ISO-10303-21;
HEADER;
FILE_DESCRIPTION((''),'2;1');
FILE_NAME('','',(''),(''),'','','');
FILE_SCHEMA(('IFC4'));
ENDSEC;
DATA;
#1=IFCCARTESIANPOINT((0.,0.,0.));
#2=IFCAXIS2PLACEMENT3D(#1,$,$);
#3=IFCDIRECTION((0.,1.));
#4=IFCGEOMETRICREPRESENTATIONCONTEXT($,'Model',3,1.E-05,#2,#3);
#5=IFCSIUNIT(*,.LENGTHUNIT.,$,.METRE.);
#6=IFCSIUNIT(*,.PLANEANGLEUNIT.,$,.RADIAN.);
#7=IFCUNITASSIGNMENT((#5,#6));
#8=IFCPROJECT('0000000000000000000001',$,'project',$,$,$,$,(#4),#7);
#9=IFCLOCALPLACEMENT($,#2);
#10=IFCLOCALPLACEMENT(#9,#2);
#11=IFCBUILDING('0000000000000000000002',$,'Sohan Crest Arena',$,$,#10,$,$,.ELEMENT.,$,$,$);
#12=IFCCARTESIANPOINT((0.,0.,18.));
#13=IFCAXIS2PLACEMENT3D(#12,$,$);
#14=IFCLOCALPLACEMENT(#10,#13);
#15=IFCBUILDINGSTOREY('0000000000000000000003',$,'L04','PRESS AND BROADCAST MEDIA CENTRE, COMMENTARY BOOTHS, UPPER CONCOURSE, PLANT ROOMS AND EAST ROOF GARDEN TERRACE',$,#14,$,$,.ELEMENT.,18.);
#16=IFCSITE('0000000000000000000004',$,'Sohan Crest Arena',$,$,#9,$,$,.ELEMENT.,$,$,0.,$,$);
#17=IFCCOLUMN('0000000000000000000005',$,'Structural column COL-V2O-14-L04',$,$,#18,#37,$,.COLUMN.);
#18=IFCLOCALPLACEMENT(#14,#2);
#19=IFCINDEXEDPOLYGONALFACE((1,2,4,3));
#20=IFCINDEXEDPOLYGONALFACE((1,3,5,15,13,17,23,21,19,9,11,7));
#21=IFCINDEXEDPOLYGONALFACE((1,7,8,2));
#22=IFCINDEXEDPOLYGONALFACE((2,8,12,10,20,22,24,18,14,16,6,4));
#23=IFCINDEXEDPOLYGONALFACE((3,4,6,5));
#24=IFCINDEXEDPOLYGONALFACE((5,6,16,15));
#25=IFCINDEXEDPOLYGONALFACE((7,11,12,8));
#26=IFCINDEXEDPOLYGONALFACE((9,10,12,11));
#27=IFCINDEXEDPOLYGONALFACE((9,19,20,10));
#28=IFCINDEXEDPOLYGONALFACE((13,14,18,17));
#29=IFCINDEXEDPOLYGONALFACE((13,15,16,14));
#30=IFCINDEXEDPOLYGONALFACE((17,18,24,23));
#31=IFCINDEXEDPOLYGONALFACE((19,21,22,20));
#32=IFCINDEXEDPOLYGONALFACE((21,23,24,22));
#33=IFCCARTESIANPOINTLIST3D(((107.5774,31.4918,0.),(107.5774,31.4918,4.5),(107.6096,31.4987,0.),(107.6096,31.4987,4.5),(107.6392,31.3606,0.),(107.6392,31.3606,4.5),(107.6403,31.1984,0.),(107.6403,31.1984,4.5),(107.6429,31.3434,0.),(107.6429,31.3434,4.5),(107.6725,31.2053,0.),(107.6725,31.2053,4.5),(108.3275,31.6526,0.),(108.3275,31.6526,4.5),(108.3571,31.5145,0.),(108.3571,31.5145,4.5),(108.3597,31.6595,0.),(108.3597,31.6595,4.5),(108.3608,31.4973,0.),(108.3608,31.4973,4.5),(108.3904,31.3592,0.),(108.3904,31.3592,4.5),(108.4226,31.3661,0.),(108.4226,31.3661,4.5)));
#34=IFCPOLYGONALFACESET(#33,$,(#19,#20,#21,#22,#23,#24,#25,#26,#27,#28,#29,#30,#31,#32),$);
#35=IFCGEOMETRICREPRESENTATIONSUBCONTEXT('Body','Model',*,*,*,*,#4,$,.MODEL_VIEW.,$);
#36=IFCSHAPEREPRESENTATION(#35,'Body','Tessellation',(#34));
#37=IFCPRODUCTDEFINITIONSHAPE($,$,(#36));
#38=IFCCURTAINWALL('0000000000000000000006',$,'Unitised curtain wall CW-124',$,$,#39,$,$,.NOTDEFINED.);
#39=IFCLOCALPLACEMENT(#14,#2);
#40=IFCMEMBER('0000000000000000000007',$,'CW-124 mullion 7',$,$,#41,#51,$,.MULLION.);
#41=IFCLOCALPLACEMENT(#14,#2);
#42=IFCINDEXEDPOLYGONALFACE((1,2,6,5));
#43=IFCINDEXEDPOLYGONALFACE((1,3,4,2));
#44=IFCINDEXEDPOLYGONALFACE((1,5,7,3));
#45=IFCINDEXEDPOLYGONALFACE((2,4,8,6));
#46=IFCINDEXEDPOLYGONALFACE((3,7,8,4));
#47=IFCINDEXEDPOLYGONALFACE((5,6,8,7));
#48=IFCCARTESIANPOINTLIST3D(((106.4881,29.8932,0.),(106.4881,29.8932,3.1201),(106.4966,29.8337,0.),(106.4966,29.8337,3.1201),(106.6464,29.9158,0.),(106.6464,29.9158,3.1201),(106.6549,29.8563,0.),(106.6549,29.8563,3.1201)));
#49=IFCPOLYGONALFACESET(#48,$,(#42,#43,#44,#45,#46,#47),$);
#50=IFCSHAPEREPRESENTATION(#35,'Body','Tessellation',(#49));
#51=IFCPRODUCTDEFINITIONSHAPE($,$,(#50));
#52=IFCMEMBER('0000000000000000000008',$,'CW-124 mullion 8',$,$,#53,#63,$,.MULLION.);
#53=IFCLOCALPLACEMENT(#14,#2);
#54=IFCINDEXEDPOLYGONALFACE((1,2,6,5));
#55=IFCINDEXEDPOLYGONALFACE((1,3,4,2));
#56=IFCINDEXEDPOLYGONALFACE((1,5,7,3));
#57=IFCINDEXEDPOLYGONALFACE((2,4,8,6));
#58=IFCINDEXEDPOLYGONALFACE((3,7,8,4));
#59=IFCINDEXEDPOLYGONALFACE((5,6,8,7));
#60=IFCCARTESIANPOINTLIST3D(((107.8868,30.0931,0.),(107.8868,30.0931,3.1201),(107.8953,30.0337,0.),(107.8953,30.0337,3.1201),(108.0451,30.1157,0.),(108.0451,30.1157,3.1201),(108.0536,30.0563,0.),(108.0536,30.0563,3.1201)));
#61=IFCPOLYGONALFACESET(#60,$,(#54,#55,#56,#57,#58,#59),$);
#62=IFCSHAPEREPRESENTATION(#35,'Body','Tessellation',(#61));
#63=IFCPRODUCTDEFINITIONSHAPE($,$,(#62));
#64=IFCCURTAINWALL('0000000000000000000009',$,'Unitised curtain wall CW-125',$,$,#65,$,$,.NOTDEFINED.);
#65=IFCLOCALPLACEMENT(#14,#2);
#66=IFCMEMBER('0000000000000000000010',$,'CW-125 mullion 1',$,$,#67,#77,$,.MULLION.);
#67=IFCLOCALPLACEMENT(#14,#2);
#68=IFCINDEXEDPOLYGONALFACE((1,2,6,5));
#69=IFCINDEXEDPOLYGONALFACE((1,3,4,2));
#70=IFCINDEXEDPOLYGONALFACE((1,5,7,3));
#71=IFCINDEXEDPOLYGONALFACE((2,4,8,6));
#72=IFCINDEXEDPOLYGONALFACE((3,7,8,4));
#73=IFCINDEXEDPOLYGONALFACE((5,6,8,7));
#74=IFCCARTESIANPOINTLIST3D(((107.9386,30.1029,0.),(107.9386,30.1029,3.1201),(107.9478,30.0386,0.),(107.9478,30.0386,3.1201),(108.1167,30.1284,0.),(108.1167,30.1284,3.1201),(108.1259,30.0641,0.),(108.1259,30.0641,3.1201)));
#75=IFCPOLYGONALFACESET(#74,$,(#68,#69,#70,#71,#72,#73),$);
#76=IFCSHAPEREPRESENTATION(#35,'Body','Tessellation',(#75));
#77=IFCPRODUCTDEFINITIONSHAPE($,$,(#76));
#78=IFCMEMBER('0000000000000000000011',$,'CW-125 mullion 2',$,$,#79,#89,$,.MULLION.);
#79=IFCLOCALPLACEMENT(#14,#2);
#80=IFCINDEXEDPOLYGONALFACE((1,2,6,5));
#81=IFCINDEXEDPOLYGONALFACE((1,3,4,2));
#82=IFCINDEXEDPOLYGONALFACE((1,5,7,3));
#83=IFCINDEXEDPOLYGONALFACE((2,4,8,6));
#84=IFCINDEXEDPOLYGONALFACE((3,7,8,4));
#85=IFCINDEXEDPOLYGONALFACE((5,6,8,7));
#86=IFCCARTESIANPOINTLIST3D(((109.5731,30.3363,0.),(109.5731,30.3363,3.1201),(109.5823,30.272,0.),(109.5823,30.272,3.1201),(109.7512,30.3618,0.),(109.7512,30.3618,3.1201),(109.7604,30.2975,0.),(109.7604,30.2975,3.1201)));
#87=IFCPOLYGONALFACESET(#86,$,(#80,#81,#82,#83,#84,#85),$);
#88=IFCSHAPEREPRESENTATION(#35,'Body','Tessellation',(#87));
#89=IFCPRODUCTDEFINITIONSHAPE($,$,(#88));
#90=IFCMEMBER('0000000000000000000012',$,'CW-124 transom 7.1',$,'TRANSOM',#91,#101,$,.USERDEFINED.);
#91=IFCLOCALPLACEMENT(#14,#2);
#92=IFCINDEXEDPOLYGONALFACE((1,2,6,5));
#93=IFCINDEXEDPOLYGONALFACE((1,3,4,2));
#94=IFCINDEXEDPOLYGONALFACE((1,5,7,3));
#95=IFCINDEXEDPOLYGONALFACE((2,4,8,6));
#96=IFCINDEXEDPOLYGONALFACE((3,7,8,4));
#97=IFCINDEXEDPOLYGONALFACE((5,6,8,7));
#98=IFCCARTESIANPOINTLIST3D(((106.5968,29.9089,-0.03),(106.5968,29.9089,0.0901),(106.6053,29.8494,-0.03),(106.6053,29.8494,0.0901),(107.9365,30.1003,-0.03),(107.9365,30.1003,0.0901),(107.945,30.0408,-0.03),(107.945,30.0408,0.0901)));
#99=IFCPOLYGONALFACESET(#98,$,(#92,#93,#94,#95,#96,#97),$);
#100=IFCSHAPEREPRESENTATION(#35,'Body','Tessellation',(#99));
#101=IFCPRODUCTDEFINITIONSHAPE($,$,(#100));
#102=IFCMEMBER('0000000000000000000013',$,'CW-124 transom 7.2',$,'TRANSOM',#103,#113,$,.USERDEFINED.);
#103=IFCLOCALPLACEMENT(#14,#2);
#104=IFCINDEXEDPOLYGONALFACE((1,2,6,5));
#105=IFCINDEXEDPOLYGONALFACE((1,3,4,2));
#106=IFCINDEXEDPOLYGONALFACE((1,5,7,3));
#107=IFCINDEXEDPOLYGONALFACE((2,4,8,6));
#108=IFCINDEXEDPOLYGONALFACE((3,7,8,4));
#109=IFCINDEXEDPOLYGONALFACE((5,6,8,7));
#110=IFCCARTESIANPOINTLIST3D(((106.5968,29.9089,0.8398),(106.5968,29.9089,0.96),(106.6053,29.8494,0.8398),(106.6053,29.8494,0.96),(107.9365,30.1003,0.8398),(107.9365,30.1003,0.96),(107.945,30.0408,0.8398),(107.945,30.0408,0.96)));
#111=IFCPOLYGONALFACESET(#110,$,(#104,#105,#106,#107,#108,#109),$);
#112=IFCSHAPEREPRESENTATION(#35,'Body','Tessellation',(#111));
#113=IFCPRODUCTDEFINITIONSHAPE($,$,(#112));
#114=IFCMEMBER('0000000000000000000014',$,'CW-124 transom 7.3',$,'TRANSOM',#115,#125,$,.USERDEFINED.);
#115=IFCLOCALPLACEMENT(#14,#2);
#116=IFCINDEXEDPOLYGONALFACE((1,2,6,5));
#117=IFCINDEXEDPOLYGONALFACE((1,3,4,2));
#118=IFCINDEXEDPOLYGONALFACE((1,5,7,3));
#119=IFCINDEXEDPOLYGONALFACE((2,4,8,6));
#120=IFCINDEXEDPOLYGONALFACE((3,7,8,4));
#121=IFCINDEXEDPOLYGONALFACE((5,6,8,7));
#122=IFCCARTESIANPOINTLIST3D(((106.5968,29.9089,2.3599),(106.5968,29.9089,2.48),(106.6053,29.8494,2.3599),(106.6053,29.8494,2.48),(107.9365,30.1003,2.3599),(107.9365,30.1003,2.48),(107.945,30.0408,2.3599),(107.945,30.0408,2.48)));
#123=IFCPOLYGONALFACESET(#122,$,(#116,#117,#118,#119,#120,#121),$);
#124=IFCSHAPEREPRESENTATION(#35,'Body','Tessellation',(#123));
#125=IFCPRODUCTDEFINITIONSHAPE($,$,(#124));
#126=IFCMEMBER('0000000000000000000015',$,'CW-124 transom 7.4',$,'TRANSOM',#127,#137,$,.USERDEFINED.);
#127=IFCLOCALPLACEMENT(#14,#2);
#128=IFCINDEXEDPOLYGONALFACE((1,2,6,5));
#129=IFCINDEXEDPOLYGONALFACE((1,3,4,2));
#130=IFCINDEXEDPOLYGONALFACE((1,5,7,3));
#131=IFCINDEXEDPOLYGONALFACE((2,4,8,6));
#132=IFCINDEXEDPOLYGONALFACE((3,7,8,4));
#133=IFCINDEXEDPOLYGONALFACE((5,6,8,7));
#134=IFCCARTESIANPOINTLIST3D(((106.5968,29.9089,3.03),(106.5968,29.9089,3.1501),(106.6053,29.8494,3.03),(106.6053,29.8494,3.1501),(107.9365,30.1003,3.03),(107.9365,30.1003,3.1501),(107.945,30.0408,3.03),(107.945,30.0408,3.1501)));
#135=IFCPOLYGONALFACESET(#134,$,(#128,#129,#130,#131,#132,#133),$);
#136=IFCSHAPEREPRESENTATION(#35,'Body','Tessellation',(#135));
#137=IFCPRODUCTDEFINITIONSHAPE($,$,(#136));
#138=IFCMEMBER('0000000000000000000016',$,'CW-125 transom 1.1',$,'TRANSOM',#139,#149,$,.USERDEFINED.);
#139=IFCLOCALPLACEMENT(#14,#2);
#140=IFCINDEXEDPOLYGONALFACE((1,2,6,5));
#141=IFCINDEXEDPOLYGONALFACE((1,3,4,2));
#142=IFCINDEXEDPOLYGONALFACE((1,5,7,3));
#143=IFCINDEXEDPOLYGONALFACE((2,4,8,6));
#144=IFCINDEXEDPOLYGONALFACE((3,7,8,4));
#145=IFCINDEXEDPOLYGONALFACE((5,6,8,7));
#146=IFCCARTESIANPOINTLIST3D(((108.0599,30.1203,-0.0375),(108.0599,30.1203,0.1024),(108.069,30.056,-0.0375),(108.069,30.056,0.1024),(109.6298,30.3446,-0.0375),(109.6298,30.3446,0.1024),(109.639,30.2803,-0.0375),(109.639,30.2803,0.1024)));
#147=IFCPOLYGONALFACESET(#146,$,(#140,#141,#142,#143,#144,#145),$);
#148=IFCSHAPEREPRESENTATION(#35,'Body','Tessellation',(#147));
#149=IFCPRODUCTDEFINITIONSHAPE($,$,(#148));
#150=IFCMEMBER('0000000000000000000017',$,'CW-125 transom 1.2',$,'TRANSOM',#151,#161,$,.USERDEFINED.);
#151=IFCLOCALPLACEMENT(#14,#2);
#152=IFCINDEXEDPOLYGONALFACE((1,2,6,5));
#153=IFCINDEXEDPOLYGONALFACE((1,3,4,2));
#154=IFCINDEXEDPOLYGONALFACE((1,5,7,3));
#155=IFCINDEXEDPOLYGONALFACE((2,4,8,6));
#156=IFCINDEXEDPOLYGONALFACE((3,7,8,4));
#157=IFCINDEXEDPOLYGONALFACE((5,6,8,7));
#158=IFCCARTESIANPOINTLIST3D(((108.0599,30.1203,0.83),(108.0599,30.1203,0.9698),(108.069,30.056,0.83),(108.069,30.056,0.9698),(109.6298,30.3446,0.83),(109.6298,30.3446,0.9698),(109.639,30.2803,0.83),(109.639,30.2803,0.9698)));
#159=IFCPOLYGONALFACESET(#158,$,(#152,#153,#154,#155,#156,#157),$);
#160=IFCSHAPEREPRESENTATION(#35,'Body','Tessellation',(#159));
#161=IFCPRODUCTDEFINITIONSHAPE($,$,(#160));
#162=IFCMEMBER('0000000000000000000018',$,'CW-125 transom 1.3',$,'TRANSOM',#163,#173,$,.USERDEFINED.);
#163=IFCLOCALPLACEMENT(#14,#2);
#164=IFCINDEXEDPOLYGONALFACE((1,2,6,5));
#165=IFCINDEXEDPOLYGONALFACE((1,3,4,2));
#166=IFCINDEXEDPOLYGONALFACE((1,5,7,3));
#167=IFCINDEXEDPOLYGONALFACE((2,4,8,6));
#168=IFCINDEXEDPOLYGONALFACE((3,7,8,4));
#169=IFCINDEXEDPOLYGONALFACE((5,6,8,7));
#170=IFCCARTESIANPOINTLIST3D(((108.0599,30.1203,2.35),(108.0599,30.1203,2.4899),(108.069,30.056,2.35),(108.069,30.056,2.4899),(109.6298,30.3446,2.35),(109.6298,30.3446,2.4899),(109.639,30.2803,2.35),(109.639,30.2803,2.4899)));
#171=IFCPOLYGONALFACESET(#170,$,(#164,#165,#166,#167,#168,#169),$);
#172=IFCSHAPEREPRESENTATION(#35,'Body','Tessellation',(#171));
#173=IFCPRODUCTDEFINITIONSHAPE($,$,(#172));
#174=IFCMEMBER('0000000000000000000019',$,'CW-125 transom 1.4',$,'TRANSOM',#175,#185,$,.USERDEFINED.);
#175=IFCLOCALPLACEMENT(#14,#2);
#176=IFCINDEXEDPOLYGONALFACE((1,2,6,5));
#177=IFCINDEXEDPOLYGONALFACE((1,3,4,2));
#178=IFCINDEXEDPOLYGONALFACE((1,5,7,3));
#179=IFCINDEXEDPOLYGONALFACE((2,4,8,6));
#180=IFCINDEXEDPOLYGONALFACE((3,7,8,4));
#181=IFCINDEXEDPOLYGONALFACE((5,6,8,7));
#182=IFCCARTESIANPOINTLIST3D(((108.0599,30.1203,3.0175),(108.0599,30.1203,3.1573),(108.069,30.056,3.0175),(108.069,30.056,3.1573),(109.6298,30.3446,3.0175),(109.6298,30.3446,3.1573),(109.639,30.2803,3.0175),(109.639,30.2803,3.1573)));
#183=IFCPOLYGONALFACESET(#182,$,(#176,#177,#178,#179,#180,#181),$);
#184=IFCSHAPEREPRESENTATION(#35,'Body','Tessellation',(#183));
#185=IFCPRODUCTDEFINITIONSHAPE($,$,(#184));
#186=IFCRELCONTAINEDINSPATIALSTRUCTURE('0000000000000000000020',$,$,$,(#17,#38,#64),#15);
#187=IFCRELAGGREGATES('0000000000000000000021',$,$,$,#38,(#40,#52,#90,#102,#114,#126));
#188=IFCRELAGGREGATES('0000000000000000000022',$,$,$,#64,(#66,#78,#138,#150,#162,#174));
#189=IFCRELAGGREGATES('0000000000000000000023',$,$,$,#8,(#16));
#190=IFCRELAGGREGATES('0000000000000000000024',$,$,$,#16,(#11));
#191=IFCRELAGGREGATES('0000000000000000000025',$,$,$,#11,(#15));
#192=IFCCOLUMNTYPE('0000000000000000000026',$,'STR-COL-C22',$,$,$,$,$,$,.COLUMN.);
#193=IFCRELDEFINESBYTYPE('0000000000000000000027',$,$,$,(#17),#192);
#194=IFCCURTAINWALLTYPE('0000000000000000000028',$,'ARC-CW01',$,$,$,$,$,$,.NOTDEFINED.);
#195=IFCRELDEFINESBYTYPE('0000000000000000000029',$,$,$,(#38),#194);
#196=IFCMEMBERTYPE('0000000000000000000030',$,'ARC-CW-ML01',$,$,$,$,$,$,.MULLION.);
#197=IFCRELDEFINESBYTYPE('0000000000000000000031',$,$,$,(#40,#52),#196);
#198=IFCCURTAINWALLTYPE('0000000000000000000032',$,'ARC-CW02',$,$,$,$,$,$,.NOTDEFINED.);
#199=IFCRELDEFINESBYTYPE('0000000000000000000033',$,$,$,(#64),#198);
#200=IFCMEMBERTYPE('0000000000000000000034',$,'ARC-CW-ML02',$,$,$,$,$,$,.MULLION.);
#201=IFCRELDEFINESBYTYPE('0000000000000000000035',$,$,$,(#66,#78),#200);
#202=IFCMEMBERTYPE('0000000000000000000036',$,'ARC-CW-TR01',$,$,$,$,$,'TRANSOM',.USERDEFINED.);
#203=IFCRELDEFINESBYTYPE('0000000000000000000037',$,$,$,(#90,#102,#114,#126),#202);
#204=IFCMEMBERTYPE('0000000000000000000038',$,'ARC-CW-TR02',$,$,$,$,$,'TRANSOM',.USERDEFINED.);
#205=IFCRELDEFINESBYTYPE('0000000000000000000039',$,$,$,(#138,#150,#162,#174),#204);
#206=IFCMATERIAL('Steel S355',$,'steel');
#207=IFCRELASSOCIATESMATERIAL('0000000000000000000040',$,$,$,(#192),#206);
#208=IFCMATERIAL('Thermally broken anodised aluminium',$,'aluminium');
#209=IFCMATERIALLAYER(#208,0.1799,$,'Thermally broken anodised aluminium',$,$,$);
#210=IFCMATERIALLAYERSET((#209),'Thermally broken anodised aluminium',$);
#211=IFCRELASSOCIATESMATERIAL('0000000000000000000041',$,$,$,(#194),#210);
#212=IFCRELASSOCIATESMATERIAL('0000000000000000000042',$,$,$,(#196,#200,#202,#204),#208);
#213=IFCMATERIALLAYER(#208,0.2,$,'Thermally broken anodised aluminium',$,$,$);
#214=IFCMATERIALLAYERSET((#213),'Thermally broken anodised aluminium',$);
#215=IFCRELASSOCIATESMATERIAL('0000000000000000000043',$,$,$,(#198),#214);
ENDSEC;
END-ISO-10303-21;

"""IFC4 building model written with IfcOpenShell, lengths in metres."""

from ifc_helpers import new_model, si_unit, direction, frame, origin, origin_2d, place, context, subcontext, project, spatial, rectangle, i_section, extrude, material, layer, layer_set, material_profile, profile_set, type_object, element, aggregate, save


model = new_model("IFC4")

# Units and contexts
model_context = context("Model", 3, precision=1e-05, world=origin(), true_north=direction((0.0, 1.0)))
body_context = subcontext(model_context, "Body", "Model", "MODEL_VIEW")
ifc_project = project(units=[si_unit("LENGTHUNIT", "METRE"), si_unit("PLANEANGLEUNIT", "RADIAN")], contexts=[model_context])

# Site, building, storey
site_placement = place(None, origin())
site = spatial("IfcSite", under=ifc_project, at=site_placement, Name="Sohan Crest Arena", CompositionType="ELEMENT", RefElevation=0.0)
building_placement = place(site_placement, origin())
building = spatial("IfcBuilding", under=site, at=building_placement, Name="Sohan Crest Arena", CompositionType="ELEMENT")
storey_placement = place(building_placement, frame((0.0, 0.0, 18.0)))
storey = spatial("IfcBuildingStorey", under=building, at=storey_placement, Name="L04", Description="PRESS AND BROADCAST MEDIA CENTRE, COMMENTARY BOOTHS, UPPER CONCOURSE, PLANT ROOMS AND EAST ROOF GARDEN TERRACE", CompositionType="ELEMENT", Elevation=18.0)

# Column
ifc_material_1 = material(Name="Steel S355", Category="steel")
ifc_material_profile_1 = material_profile(ifc_material_1, i_section(OverallWidth=0.3, OverallDepth=0.8, WebThickness=0.0176, FlangeThickness=0.033, at=origin_2d()), Name="HEB 800")
ifc_profile_set_1 = profile_set([ifc_material_profile_1], Name="Steel S355")
column_type = type_object("IfcColumnType", Name="STR-COL-C22", PredefinedType="COLUMN", material=ifc_profile_set_1)
column_placement = place(storey_placement, frame((108.0, 31.429, 0.0), z_axis=(0.0, 0.0, 1.0), x_axis=(-0.209619, 0.977783, 0.0)))
element("IfcColumn", 1, at=column_placement, inside=storey, type_object=column_type, Name="Structural column COL-V2O-14-L04", PredefinedType="COLUMN", context=body_context, shape_type="SweptSolid", body=[
    extrude(i_section(OverallWidth=0.3, OverallDepth=0.8, WebThickness=0.0176, FlangeThickness=0.033, at=origin_2d()), origin(), (0.0, 0.0, 1.0), 4.5),
])

# Curtain walls, members
ifc_material_2 = material(Name="Thermally broken anodised aluminium", Category="aluminium")
ifc_layer_1 = layer(ifc_material_2, 0.1799, Name="Thermally broken anodised aluminium")
ifc_layer_set_1 = layer_set([ifc_layer_1], Name="Thermally broken anodised aluminium")
curtain_wall_type_1 = type_object("IfcCurtainWallType", Name="ARC-CW01", PredefinedType="NOTDEFINED", material=ifc_layer_set_1)
curtain_wall_1_placement = place(storey_placement, origin())
curtain_wall_1 = element("IfcCurtainWall", 2, at=curtain_wall_1_placement, inside=storey, type_object=curtain_wall_type_1, Name="Unitised curtain wall CW-124", PredefinedType="NOTDEFINED")
ifc_material_profile_2 = material_profile(ifc_material_2, rectangle(XDim=0.0601, YDim=0.1599, at=origin_2d()), Name="ALU-MULL 60x160")
ifc_profile_set_2 = profile_set([ifc_material_profile_2], Name="Thermally broken anodised aluminium")
member_type_1 = type_object("IfcMemberType", Name="ARC-CW-ML01", PredefinedType="MULLION", material=ifc_profile_set_2)
member_1_placement = place(storey_placement, frame((106.5715, 29.8748, 0.0), z_axis=(0.0, 0.0, 1.0), x_axis=(-0.141463, 0.989944, 0.0)))
member_1 = element("IfcMember", 3, at=member_1_placement, type_object=member_type_1, Name="CW-124 mullion 7", PredefinedType="MULLION", context=body_context, shape_type="SweptSolid", body=[
    extrude(rectangle(XDim=0.0601, YDim=0.1599, at=origin_2d()), origin(), (0.0, 0.0, 1.0), 3.1201),
])
member_2_placement = place(storey_placement, frame((107.9702, 30.0747, 0.0), z_axis=(0.0, 0.0, 1.0), x_axis=(-0.141463, 0.989944, 0.0)))
member_2 = element("IfcMember", 4, at=member_2_placement, type_object=member_type_1, Name="CW-124 mullion 8", PredefinedType="MULLION", context=body_context, shape_type="SweptSolid", body=[
    extrude(rectangle(XDim=0.0601, YDim=0.1599, at=origin_2d()), origin(), (0.0, 0.0, 1.0), 3.1201),
])
ifc_layer_2 = layer(ifc_material_2, 0.2, Name="Thermally broken anodised aluminium")
ifc_layer_set_2 = layer_set([ifc_layer_2], Name="Thermally broken anodised aluminium")
curtain_wall_type_2 = type_object("IfcCurtainWallType", Name="ARC-CW02", PredefinedType="NOTDEFINED", material=ifc_layer_set_2)
curtain_wall_2_placement = place(storey_placement, origin())
curtain_wall_2 = element("IfcCurtainWall", 5, at=curtain_wall_2_placement, inside=storey, type_object=curtain_wall_type_2, Name="Unitised curtain wall CW-125", PredefinedType="NOTDEFINED")
ifc_material_profile_3 = material_profile(ifc_material_2, rectangle(XDim=0.0649, YDim=0.1799, at=origin_2d()), Name="ALU-MULL 65x180")
ifc_profile_set_3 = profile_set([ifc_material_profile_3], Name="Thermally broken anodised aluminium")
member_type_2 = type_object("IfcMemberType", Name="ARC-CW-ML02", PredefinedType="MULLION", material=ifc_profile_set_3)
member_3_placement = place(storey_placement, frame((108.0322, 30.0835, 0.0), z_axis=(0.0, 0.0, 1.0), x_axis=(-0.141366, 0.989957, 0.0)))
member_3 = element("IfcMember", 6, at=member_3_placement, type_object=member_type_2, Name="CW-125 mullion 1", PredefinedType="MULLION", context=body_context, shape_type="SweptSolid", body=[
    extrude(rectangle(XDim=0.0649, YDim=0.1799, at=origin_2d()), origin(), (0.0, 0.0, 1.0), 3.1201),
])
member_4_placement = place(storey_placement, frame((109.6667, 30.3169, 0.0), z_axis=(0.0, 0.0, 1.0), x_axis=(-0.141366, 0.989957, 0.0)))
member_4 = element("IfcMember", 7, at=member_4_placement, type_object=member_type_2, Name="CW-125 mullion 2", PredefinedType="MULLION", context=body_context, shape_type="SweptSolid", body=[
    extrude(rectangle(XDim=0.0649, YDim=0.1799, at=origin_2d()), origin(), (0.0, 0.0, 1.0), 3.1201),
])

# Members
ifc_material_profile_4 = material_profile(ifc_material_2, rectangle(XDim=0.0601, YDim=0.1201, at=origin_2d()), Name="ALU-TRAN 60x120")
ifc_profile_set_4 = profile_set([ifc_material_profile_4], Name="Thermally broken anodised aluminium")
member_type_3 = type_object("IfcMemberType", Name="ARC-CW-TR01", ElementType="TRANSOM", PredefinedType="USERDEFINED", material=ifc_profile_set_4)
member_5_placement = place(storey_placement, frame((106.6011, 29.8792, 0.03), z_axis=(0.989946, 0.141447, 0.0), x_axis=(-0.141447, 0.989946, 0.0)))
member_5 = element("IfcMember", 8, at=member_5_placement, type_object=member_type_3, Name="CW-124 transom 7.1", ObjectType="TRANSOM", PredefinedType="USERDEFINED", context=body_context, shape_type="SweptSolid", body=[
    extrude(rectangle(XDim=0.0601, YDim=0.1201, at=origin_2d()), origin(), (0.0, 0.0, 1.0), 1.3533),
])
member_6_placement = place(storey_placement, frame((106.6011, 29.8792, 0.8999), z_axis=(0.989946, 0.141447, 0.0), x_axis=(-0.141447, 0.989946, 0.0)))
member_6 = element("IfcMember", 9, at=member_6_placement, type_object=member_type_3, Name="CW-124 transom 7.2", ObjectType="TRANSOM", PredefinedType="USERDEFINED", context=body_context, shape_type="SweptSolid", body=[
    extrude(rectangle(XDim=0.0601, YDim=0.1201, at=origin_2d()), origin(), (0.0, 0.0, 1.0), 1.3533),
])
member_7_placement = place(storey_placement, frame((106.6011, 29.8792, 2.4199), z_axis=(0.989946, 0.141447, 0.0), x_axis=(-0.141447, 0.989946, 0.0)))
member_7 = element("IfcMember", 10, at=member_7_placement, type_object=member_type_3, Name="CW-124 transom 7.3", ObjectType="TRANSOM", PredefinedType="USERDEFINED", context=body_context, shape_type="SweptSolid", body=[
    extrude(rectangle(XDim=0.0601, YDim=0.1201, at=origin_2d()), origin(), (0.0, 0.0, 1.0), 1.3533),
])
member_8_placement = place(storey_placement, frame((106.6011, 29.8792, 3.0901), z_axis=(0.989946, 0.141447, 0.0), x_axis=(-0.141447, 0.989946, 0.0)))
member_8 = element("IfcMember", 11, at=member_8_placement, type_object=member_type_3, Name="CW-124 transom 7.4", ObjectType="TRANSOM", PredefinedType="USERDEFINED", context=body_context, shape_type="SweptSolid", body=[
    extrude(rectangle(XDim=0.0601, YDim=0.1201, at=origin_2d()), origin(), (0.0, 0.0, 1.0), 1.3533),
])
ifc_material_profile_5 = material_profile(ifc_material_2, rectangle(XDim=0.0649, YDim=0.1399, at=origin_2d()), Name="ALU-TRAN 65x140")
ifc_profile_set_5 = profile_set([ifc_material_profile_5], Name="Thermally broken anodised aluminium")
member_type_4 = type_object("IfcMemberType", Name="ARC-CW-TR02", ElementType="TRANSOM", PredefinedType="USERDEFINED", material=ifc_profile_set_5)
member_9_placement = place(storey_placement, frame((108.0645, 30.0881, 0.0325), z_axis=(0.989943, 0.141464, 0.0), x_axis=(-0.141464, 0.989943, 0.0)))
member_9 = element("IfcMember", 12, at=member_9_placement, type_object=member_type_4, Name="CW-125 transom 1.1", ObjectType="TRANSOM", PredefinedType="USERDEFINED", context=body_context, shape_type="SweptSolid", body=[
    extrude(rectangle(XDim=0.0649, YDim=0.1399, at=origin_2d()), origin(), (0.0, 0.0, 1.0), 1.5859),
])
member_10_placement = place(storey_placement, frame((108.0645, 30.0881, 0.8999), z_axis=(0.989943, 0.141464, 0.0), x_axis=(-0.141464, 0.989943, 0.0)))
member_10 = element("IfcMember", 13, at=member_10_placement, type_object=member_type_4, Name="CW-125 transom 1.2", ObjectType="TRANSOM", PredefinedType="USERDEFINED", context=body_context, shape_type="SweptSolid", body=[
    extrude(rectangle(XDim=0.0649, YDim=0.1399, at=origin_2d()), origin(), (0.0, 0.0, 1.0), 1.5859),
])
member_11_placement = place(storey_placement, frame((108.0645, 30.0881, 2.4199), z_axis=(0.989943, 0.141464, 0.0), x_axis=(-0.141464, 0.989943, 0.0)))
member_11 = element("IfcMember", 14, at=member_11_placement, type_object=member_type_4, Name="CW-125 transom 1.3", ObjectType="TRANSOM", PredefinedType="USERDEFINED", context=body_context, shape_type="SweptSolid", body=[
    extrude(rectangle(XDim=0.0649, YDim=0.1399, at=origin_2d()), origin(), (0.0, 0.0, 1.0), 1.5859),
])
member_12_placement = place(storey_placement, frame((108.0645, 30.0881, 3.0874), z_axis=(0.989943, 0.141464, 0.0), x_axis=(-0.141464, 0.989943, 0.0)))
member_12 = element("IfcMember", 15, at=member_12_placement, type_object=member_type_4, Name="CW-125 transom 1.4", ObjectType="TRANSOM", PredefinedType="USERDEFINED", context=body_context, shape_type="SweptSolid", body=[
    extrude(rectangle(XDim=0.0649, YDim=0.1399, at=origin_2d()), origin(), (0.0, 0.0, 1.0), 1.5859),
])

aggregate(curtain_wall_1, [member_1, member_2, member_5, member_6, member_7, member_8])
aggregate(curtain_wall_2, [member_3, member_4, member_9, member_10, member_11, member_12])

save(model, "model.ifc")
